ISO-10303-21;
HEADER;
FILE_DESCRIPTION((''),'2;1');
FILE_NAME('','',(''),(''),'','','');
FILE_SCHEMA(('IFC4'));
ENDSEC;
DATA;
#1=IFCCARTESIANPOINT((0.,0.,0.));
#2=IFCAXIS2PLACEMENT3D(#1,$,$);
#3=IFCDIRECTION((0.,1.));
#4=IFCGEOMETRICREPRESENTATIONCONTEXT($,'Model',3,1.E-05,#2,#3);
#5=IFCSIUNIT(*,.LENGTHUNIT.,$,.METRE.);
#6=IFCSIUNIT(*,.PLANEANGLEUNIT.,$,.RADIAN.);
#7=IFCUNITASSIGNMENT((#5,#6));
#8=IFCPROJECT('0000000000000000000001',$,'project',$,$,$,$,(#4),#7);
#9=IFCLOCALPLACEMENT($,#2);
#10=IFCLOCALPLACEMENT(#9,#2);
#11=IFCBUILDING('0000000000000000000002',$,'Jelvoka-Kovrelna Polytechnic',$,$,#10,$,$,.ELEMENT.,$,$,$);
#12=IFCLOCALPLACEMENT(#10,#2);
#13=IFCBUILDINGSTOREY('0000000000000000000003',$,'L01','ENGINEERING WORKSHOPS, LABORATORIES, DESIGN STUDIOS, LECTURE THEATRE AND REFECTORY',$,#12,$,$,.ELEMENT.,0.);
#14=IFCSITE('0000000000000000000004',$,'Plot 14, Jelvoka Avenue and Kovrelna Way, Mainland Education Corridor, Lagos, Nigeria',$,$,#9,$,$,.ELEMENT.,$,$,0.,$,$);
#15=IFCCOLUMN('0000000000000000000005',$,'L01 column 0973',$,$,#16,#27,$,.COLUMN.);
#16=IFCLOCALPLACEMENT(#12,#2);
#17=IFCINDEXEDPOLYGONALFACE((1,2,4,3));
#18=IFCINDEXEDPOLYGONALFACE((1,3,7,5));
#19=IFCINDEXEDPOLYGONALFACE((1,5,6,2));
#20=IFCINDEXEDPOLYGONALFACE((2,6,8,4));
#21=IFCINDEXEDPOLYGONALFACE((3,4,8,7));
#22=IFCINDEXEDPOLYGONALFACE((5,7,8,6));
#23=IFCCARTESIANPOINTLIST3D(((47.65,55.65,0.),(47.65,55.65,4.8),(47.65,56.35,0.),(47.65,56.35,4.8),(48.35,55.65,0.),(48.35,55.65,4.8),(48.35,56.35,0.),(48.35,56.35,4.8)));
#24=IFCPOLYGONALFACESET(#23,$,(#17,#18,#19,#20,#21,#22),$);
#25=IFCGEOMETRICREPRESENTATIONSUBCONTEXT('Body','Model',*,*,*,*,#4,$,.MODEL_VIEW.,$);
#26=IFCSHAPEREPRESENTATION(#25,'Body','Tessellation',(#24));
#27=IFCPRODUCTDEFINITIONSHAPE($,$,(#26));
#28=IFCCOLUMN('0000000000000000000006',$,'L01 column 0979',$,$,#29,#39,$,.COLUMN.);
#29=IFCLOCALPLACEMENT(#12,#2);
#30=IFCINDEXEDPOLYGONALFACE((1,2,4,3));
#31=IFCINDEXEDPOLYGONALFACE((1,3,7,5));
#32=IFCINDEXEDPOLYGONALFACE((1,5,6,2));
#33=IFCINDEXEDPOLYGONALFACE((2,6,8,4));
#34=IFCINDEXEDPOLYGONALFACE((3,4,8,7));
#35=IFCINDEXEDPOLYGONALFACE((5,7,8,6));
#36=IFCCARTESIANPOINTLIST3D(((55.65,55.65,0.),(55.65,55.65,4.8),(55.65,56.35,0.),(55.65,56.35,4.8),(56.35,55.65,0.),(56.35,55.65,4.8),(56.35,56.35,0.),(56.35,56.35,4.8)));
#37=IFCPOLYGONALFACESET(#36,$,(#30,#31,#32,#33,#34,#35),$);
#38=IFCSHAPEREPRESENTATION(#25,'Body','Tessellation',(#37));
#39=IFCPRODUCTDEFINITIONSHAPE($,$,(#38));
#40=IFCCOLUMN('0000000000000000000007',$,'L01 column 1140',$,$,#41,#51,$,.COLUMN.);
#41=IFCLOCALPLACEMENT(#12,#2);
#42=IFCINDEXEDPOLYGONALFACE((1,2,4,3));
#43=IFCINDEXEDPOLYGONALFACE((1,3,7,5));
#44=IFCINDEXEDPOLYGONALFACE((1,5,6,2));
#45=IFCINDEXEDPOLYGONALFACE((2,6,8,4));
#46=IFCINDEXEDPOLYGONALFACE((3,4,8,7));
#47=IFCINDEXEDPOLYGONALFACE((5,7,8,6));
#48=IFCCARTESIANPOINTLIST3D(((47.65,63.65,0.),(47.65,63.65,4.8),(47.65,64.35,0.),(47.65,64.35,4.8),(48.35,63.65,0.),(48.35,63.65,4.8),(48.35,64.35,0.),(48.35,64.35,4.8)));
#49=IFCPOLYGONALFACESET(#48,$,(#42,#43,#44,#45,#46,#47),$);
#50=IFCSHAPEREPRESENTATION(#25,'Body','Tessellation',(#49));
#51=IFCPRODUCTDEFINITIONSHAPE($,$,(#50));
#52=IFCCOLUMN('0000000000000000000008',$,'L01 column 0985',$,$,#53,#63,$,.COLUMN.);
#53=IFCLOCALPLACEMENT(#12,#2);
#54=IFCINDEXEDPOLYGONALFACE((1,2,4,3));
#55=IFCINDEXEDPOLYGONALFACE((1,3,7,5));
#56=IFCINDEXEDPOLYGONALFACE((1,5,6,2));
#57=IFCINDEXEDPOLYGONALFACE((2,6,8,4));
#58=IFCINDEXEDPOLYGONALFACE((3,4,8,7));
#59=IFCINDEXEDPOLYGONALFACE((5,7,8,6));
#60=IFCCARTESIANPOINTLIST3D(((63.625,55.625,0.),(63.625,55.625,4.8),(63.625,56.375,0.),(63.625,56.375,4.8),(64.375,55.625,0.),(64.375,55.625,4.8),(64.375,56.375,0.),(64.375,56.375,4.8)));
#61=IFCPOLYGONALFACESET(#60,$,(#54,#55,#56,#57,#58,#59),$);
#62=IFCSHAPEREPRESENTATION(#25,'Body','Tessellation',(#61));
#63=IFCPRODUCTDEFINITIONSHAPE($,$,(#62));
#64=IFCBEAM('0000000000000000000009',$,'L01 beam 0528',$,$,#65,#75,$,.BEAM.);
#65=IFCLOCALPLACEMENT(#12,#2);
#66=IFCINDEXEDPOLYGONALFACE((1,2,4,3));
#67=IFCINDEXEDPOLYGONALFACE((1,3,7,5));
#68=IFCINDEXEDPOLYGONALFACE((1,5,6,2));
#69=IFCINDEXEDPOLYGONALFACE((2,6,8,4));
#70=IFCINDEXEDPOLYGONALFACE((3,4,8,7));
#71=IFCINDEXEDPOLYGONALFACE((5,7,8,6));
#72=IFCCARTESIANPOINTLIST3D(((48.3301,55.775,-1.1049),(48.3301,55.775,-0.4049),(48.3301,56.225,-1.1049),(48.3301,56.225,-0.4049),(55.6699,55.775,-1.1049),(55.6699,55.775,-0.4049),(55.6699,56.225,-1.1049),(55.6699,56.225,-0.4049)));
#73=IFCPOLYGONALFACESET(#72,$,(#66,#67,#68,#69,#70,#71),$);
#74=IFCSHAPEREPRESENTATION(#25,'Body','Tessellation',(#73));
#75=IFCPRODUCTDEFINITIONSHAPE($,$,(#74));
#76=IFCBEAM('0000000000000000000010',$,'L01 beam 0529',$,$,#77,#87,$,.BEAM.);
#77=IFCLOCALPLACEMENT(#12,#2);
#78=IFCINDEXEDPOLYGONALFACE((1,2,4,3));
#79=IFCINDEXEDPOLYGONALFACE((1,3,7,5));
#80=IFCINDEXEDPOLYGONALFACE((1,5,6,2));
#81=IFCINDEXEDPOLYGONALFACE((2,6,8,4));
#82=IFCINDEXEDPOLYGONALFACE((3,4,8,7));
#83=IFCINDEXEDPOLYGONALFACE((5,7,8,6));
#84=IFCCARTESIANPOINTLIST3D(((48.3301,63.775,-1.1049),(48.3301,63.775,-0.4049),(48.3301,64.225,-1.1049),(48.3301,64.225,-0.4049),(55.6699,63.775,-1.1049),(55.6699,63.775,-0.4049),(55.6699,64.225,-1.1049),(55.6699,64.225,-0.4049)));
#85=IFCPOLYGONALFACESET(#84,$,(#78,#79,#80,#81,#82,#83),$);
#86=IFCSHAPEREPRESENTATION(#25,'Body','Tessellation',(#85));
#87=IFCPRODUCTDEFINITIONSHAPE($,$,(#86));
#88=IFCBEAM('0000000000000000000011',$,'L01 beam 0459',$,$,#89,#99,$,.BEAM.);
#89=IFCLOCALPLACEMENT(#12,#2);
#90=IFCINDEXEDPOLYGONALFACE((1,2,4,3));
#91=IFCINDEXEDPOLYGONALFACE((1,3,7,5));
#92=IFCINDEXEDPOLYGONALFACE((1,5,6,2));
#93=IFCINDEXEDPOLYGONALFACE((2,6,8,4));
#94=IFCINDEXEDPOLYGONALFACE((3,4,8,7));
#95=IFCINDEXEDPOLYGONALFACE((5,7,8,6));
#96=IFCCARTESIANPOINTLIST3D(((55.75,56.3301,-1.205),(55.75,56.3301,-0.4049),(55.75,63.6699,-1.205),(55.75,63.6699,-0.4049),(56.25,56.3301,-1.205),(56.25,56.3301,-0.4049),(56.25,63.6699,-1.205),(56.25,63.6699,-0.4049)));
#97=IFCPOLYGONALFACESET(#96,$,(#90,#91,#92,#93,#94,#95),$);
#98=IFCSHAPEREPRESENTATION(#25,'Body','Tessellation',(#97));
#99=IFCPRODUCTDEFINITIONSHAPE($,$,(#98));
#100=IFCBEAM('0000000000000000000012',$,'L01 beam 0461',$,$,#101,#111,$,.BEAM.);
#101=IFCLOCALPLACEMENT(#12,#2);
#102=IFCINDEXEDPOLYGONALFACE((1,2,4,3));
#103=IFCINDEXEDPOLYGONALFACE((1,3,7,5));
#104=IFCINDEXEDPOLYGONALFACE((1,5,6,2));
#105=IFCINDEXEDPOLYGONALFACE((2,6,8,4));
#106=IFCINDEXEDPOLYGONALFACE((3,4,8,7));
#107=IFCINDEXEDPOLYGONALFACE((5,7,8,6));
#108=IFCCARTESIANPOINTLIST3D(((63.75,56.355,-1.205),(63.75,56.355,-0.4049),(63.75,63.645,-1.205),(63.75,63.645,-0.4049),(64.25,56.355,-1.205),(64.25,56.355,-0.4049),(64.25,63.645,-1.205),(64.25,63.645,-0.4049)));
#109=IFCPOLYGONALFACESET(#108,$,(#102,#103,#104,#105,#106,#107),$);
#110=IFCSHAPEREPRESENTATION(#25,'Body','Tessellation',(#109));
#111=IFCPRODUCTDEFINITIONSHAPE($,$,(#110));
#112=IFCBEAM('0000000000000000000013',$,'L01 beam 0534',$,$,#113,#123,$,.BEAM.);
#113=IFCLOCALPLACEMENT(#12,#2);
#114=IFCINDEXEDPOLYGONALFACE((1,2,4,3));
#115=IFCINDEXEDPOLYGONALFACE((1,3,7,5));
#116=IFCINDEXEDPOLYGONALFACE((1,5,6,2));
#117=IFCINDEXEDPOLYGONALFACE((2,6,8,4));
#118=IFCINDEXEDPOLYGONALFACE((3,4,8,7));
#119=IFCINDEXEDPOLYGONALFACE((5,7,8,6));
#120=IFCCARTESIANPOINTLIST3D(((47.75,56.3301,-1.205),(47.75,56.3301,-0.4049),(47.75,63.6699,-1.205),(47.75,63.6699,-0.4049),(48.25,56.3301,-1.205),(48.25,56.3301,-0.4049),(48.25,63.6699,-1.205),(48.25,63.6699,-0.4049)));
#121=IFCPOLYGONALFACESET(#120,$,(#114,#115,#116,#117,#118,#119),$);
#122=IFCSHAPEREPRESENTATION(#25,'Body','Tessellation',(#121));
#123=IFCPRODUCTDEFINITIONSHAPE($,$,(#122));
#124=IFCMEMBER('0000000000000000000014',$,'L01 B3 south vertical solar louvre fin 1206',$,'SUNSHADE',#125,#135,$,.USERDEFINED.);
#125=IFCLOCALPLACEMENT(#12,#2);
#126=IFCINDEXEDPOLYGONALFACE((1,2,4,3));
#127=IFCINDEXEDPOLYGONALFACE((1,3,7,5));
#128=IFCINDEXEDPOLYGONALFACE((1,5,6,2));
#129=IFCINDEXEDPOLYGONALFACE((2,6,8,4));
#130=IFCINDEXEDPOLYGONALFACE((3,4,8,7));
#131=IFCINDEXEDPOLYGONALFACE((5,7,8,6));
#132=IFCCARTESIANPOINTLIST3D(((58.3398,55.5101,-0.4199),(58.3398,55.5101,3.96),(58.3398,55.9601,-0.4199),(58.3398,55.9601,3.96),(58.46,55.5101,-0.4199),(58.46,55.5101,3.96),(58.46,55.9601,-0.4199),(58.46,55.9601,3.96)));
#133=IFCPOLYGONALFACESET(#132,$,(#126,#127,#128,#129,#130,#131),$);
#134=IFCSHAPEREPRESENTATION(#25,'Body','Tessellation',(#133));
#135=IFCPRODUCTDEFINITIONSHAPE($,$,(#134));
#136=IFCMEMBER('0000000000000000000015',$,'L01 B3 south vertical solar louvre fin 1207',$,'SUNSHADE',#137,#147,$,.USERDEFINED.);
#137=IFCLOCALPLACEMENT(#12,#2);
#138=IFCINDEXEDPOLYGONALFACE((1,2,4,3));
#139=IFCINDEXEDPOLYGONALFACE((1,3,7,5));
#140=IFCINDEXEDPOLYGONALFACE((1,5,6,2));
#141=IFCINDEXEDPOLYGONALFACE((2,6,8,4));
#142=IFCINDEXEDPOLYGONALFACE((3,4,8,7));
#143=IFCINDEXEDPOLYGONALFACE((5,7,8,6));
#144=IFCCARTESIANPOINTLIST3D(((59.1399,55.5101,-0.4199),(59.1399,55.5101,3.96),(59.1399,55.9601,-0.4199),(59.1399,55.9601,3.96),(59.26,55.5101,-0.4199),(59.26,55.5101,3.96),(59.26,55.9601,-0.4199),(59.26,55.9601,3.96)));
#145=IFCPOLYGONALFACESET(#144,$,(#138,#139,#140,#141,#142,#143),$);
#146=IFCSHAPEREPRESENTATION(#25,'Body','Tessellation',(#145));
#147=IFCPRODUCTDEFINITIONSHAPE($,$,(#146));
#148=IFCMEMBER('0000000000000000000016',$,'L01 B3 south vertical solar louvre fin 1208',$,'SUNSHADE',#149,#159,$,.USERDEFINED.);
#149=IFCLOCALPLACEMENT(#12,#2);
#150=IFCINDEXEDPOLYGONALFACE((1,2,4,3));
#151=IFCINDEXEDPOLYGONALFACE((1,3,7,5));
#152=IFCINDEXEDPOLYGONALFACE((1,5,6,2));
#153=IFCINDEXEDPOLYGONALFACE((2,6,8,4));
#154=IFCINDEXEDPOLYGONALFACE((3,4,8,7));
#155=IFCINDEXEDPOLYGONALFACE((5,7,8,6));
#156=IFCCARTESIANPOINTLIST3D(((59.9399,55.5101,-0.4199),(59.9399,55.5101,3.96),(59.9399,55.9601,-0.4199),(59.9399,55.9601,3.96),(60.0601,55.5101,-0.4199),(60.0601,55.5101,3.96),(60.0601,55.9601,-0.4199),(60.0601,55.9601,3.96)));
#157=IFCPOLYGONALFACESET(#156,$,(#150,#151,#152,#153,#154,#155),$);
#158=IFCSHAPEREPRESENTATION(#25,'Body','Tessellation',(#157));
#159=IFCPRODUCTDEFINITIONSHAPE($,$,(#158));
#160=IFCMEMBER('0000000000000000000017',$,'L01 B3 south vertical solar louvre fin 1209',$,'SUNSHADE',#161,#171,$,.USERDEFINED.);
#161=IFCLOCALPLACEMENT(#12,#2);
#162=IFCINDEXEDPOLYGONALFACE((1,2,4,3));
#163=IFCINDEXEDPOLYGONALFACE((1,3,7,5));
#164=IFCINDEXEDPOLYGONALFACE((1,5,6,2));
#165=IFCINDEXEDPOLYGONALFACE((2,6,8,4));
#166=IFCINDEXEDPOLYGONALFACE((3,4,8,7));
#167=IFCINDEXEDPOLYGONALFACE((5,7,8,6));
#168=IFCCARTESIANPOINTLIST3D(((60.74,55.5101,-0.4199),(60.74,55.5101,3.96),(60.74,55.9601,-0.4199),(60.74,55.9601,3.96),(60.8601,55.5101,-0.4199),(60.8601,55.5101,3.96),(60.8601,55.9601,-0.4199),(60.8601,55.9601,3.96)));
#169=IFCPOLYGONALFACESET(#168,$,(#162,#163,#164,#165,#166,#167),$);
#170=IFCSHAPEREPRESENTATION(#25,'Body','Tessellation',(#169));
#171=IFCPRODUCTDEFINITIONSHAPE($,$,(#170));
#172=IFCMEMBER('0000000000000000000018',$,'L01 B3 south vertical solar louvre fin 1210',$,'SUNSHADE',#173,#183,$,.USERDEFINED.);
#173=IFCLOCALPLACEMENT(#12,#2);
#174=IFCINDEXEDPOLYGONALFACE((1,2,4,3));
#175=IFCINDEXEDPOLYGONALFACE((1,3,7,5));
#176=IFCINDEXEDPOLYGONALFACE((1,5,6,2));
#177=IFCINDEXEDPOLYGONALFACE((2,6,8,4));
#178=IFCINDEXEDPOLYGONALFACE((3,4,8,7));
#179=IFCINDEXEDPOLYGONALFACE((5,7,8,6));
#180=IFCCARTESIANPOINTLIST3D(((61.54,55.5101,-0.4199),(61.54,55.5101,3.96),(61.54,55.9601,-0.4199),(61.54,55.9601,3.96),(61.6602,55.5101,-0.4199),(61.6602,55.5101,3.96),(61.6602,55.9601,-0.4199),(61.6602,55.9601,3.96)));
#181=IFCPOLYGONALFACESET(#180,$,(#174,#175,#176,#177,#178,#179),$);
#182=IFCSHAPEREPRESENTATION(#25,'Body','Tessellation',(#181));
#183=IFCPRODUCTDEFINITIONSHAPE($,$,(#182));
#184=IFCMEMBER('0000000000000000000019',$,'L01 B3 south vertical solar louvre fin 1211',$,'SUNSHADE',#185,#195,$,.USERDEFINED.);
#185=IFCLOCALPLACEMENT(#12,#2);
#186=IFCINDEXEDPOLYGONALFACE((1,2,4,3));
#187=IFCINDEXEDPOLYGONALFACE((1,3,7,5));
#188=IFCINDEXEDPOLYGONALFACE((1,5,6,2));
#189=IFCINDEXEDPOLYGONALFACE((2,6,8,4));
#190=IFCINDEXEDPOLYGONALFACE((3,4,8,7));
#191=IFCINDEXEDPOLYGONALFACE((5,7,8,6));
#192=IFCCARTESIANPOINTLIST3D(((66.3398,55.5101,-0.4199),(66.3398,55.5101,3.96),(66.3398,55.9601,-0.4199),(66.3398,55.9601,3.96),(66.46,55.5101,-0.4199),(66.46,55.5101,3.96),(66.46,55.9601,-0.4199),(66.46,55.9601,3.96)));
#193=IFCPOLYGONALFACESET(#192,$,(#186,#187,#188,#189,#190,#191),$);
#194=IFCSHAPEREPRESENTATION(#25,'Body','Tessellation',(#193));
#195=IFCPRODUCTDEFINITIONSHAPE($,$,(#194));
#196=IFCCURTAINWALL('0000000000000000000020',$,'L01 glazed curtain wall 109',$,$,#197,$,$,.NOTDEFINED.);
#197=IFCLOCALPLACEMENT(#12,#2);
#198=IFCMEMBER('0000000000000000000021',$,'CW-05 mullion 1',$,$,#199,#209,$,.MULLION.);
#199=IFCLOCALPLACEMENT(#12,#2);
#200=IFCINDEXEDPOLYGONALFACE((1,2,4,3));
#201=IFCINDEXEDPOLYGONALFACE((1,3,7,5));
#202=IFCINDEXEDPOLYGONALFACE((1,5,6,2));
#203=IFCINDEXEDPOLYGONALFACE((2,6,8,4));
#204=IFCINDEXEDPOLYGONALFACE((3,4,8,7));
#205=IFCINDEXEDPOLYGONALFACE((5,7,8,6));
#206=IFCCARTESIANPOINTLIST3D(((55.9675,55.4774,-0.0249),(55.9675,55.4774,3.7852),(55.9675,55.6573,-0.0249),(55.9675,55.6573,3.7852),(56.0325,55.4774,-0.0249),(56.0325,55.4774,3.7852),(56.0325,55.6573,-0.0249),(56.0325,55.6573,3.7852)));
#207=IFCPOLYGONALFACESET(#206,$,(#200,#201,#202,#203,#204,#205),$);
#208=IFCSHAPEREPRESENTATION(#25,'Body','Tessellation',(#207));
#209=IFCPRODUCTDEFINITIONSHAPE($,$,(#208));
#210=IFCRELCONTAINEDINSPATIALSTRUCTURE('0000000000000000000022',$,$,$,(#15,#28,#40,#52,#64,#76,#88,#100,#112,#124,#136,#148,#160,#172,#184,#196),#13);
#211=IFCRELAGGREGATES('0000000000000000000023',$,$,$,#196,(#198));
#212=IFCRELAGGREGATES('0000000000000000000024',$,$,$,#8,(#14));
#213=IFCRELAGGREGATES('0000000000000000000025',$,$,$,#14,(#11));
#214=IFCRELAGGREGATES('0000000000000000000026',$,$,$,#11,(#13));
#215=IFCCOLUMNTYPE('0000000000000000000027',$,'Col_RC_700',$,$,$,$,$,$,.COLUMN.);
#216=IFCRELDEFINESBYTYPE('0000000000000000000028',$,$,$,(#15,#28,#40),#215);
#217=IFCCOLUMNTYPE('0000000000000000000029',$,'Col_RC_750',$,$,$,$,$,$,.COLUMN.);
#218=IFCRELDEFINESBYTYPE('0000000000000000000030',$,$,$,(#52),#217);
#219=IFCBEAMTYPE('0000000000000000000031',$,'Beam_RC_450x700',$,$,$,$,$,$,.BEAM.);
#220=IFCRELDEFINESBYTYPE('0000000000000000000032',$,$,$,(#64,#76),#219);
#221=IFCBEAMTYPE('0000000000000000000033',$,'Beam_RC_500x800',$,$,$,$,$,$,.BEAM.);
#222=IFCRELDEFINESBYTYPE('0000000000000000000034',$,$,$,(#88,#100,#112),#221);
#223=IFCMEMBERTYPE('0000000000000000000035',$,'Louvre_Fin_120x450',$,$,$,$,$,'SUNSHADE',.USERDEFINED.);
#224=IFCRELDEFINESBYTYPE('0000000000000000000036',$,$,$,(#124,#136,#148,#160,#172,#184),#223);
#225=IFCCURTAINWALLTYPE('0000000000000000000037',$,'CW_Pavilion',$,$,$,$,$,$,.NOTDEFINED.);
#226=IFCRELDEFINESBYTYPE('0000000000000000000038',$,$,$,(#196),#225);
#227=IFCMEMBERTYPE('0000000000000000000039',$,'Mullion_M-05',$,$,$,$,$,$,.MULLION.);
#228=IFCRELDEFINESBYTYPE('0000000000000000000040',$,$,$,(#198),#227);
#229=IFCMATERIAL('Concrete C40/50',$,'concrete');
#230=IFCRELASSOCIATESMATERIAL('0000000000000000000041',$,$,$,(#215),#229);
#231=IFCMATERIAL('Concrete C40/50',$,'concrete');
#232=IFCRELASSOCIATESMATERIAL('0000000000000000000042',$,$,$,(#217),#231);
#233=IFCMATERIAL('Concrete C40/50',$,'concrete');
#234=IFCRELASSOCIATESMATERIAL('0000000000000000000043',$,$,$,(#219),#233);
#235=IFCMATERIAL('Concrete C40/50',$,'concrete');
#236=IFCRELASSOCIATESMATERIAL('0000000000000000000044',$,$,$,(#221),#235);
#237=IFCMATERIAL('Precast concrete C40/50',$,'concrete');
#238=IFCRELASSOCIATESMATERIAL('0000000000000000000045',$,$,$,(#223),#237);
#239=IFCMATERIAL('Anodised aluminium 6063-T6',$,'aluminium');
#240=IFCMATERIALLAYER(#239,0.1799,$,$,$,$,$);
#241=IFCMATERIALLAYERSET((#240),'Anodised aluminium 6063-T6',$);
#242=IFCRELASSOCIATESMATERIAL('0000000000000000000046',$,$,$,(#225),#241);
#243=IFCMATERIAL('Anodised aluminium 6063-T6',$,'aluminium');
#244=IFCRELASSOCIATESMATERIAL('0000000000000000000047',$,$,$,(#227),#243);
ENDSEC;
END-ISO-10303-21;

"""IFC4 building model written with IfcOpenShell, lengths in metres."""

from ifc_helpers import new_model, si_unit, direction, frame, origin, origin_2d, place, context, subcontext, project, spatial, rectangle, extrude, material, layer, layer_set, material_profile, profile_set, type_object, element, aggregate, save


model = new_model("IFC4")

# Units and contexts
model_context = context("Model", 3, precision=1e-05, world=origin(), true_north=direction((0.0, 1.0)))
body_context = subcontext(model_context, "Body", "Model", "MODEL_VIEW")
ifc_project = project(units=[si_unit("LENGTHUNIT", "METRE"), si_unit("PLANEANGLEUNIT", "RADIAN")], contexts=[model_context])

# Site, building, storey
site_placement = place(None, origin())
site = spatial("IfcSite", under=ifc_project, at=site_placement, Name="Plot 14, Jelvoka Avenue and Kovrelna Way, Mainland Education Corridor, Lagos, Nigeria", CompositionType="ELEMENT", RefElevation=0.0)
building_placement = place(site_placement, origin())
building = spatial("IfcBuilding", under=site, at=building_placement, Name="Jelvoka-Kovrelna Polytechnic", CompositionType="ELEMENT")
storey_placement = place(building_placement, origin())
storey = spatial("IfcBuildingStorey", under=building, at=storey_placement, Name="L01", Description="ENGINEERING WORKSHOPS, LABORATORIES, DESIGN STUDIOS, LECTURE THEATRE AND REFECTORY", CompositionType="ELEMENT", Elevation=0.0)

# Columns
ifc_material_1 = material(Name="Concrete C40/50", Category="concrete")
ifc_material_profile_1 = material_profile(ifc_material_1, rectangle(XDim=0.7, YDim=0.7, at=origin_2d()), Name="RC 700x700")
ifc_profile_set_1 = profile_set([ifc_material_profile_1], Name="Concrete C40/50")
column_type_1 = type_object("IfcColumnType", Name="Col_RC_700", PredefinedType="COLUMN", material=ifc_profile_set_1)
for number, where, z_axis, x_axis, name in (
    (1, (48.0, 56.0, 0.0), (0.0, 0.0, 1.0), (1.0, 0.0, 0.0), "L01 column 0973"),
    (2, (56.0, 56.0, 0.0), (0.0, 0.0, 1.0), (1.0, 0.0, 0.0), "L01 column 0979"),
    (3, (48.0, 64.0, 0.0), (0.0, 0.0, 1.0), (1.0, 0.0, 0.0), "L01 column 1140"),
):
    element("IfcColumn", number, at=place(storey_placement, frame(where, z_axis=z_axis, x_axis=x_axis)), inside=storey, type_object=column_type_1, Name=name, PredefinedType="COLUMN", context=body_context, shape_type="SweptSolid", body=[
        extrude(rectangle(XDim=0.7, YDim=0.7, at=origin_2d()), origin(), (0.0, 0.0, 1.0), 4.8),
    ])
ifc_material_2 = material(Name="Concrete C40/50", Category="concrete")
ifc_material_profile_2 = material_profile(ifc_material_2, rectangle(XDim=0.75, YDim=0.75, at=origin_2d()), Name="RC 750x750")
ifc_profile_set_2 = profile_set([ifc_material_profile_2], Name="Concrete C40/50")
column_type_2 = type_object("IfcColumnType", Name="Col_RC_750", PredefinedType="COLUMN", material=ifc_profile_set_2)
column_placement = place(storey_placement, frame((64.0, 56.0, 0.0), z_axis=(0.0, 0.0, 1.0), x_axis=(1.0, 0.0, 0.0)))
element("IfcColumn", 4, at=column_placement, inside=storey, type_object=column_type_2, Name="L01 column 0985", PredefinedType="COLUMN", context=body_context, shape_type="SweptSolid", body=[
    extrude(rectangle(XDim=0.75, YDim=0.75, at=origin_2d()), origin(), (0.0, 0.0, 1.0), 4.8),
])

# Beams
ifc_material_3 = material(Name="Concrete C40/50", Category="concrete")
ifc_material_profile_3 = material_profile(ifc_material_3, rectangle(XDim=0.45, YDim=0.7, at=origin_2d()), Name="RC 450x700")
ifc_profile_set_3 = profile_set([ifc_material_profile_3], Name="Concrete C40/50")
beam_type_1 = type_object("IfcBeamType", Name="Beam_RC_450x700", PredefinedType="BEAM", material=ifc_profile_set_3)
for number, where, z_axis, x_axis, name in (
    (5, (48.3301, 56.0, -0.7549), (1.0, 0.0, 0.0), (0.0, 1.0, 0.0), "L01 beam 0528"),
    (6, (48.3301, 64.0, -0.7549), (1.0, 0.0, 0.0), (0.0, 1.0, 0.0), "L01 beam 0529"),
):
    element("IfcBeam", number, at=place(storey_placement, frame(where, z_axis=z_axis, x_axis=x_axis)), inside=storey, type_object=beam_type_1, Name=name, PredefinedType="BEAM", context=body_context, shape_type="SweptSolid", body=[
        extrude(rectangle(XDim=0.45, YDim=0.7, at=origin_2d()), origin(), (0.0, 0.0, 1.0), 7.3398),
    ])
ifc_material_4 = material(Name="Concrete C40/50", Category="concrete")
ifc_material_profile_4 = material_profile(ifc_material_4, rectangle(XDim=0.5, YDim=0.8, at=origin_2d()), Name="RC 500x800")
ifc_profile_set_4 = profile_set([ifc_material_profile_4], Name="Concrete C40/50")
beam_type_2 = type_object("IfcBeamType", Name="Beam_RC_500x800", PredefinedType="BEAM", material=ifc_profile_set_4)
beam_1_placement = place(storey_placement, frame((56.0, 56.3301, -0.8049), z_axis=(0.0, 1.0, 0.0), x_axis=(-1.0, 0.0, 0.0)))
element("IfcBeam", 7, at=beam_1_placement, inside=storey, type_object=beam_type_2, Name="L01 beam 0459", PredefinedType="BEAM", context=body_context, shape_type="SweptSolid", body=[
    extrude(rectangle(XDim=0.5, YDim=0.8, at=origin_2d()), origin(), (0.0, 0.0, 1.0), 7.3398),
])
beam_2_placement = place(storey_placement, frame((64.0, 56.355, -0.8049), z_axis=(0.0, 1.0, 0.0), x_axis=(-1.0, 0.0, 0.0)))
element("IfcBeam", 8, at=beam_2_placement, inside=storey, type_object=beam_type_2, Name="L01 beam 0461", PredefinedType="BEAM", context=body_context, shape_type="SweptSolid", body=[
    extrude(rectangle(XDim=0.5, YDim=0.8, at=origin_2d()), origin(), (0.0, 0.0, 1.0), 7.29),
])
beam_3_placement = place(storey_placement, frame((48.0, 56.3301, -0.8049), z_axis=(0.0, 1.0, 0.0), x_axis=(-1.0, 0.0, 0.0)))
element("IfcBeam", 9, at=beam_3_placement, inside=storey, type_object=beam_type_2, Name="L01 beam 0534", PredefinedType="BEAM", context=body_context, shape_type="SweptSolid", body=[
    extrude(rectangle(XDim=0.5, YDim=0.8, at=origin_2d()), origin(), (0.0, 0.0, 1.0), 7.3398),
])

# Members
ifc_material_5 = material(Name="Precast concrete C40/50", Category="concrete")
ifc_material_profile_5 = material_profile(ifc_material_5, rectangle(XDim=0.1201, YDim=0.45, at=origin_2d()), Name="PC 120x450")
ifc_profile_set_5 = profile_set([ifc_material_profile_5], Name="Precast concrete C40/50")
member_type_1 = type_object("IfcMemberType", Name="Louvre_Fin_120x450", ElementType="SUNSHADE", PredefinedType="USERDEFINED", material=ifc_profile_set_5)
for number, where, z_axis, x_axis, name in (
    (10, (58.3999, 55.7351, -0.4199), (0.0, 0.0, 1.0), (1.0, 0.0, 0.0), "L01 B3 south vertical solar louvre fin 1206"),
    (11, (59.2, 55.7351, -0.4199), (0.0, 0.0, 1.0), (1.0, 0.0, 0.0), "L01 B3 south vertical solar louvre fin 1207"),
    (12, (60.0, 55.7351, -0.4199), (0.0, 0.0, 1.0), (1.0, 0.0, 0.0), "L01 B3 south vertical solar louvre fin 1208"),
    (13, (60.8, 55.7351, -0.4199), (0.0, 0.0, 1.0), (1.0, 0.0, 0.0), "L01 B3 south vertical solar louvre fin 1209"),
    (14, (61.6001, 55.7351, -0.4199), (0.0, 0.0, 1.0), (1.0, 0.0, 0.0), "L01 B3 south vertical solar louvre fin 1210"),
    (15, (66.3999, 55.7351, -0.4199), (0.0, 0.0, 1.0), (1.0, 0.0, 0.0), "L01 B3 south vertical solar louvre fin 1211"),
):
    element("IfcMember", number, at=place(storey_placement, frame(where, z_axis=z_axis, x_axis=x_axis)), inside=storey, type_object=member_type_1, Name=name, ObjectType="SUNSHADE", PredefinedType="USERDEFINED", context=body_context, shape_type="SweptSolid", body=[
        extrude(rectangle(XDim=0.1201, YDim=0.45, at=origin_2d()), origin(), (0.0, 0.0, 1.0), 4.3799),
    ])

# Curtain wall, member
ifc_material_6 = material(Name="Anodised aluminium 6063-T6", Category="aluminium")
ifc_layer_1 = layer(ifc_material_6, 0.1799)
ifc_layer_set_1 = layer_set([ifc_layer_1], Name="Anodised aluminium 6063-T6")
curtain_wall_type = type_object("IfcCurtainWallType", Name="CW_Pavilion", PredefinedType="NOTDEFINED", material=ifc_layer_set_1)
curtain_wall_placement = place(storey_placement, origin())
curtain_wall = element("IfcCurtainWall", 16, at=curtain_wall_placement, inside=storey, type_object=curtain_wall_type, Name="L01 glazed curtain wall 109", PredefinedType="NOTDEFINED")
ifc_material_7 = material(Name="Anodised aluminium 6063-T6", Category="aluminium")
ifc_material_profile_6 = material_profile(ifc_material_7, rectangle(XDim=0.0649, YDim=0.1799, at=origin_2d()), Name="ALU 65x180")
ifc_profile_set_6 = profile_set([ifc_material_profile_6], Name="Anodised aluminium 6063-T6")
member_type_2 = type_object("IfcMemberType", Name="Mullion_M-05", PredefinedType="MULLION", material=ifc_profile_set_6)
member_1_placement = place(storey_placement, frame((56.0, 55.5674, -0.0249), z_axis=(0.0, 0.0, 1.0), x_axis=(1.0, 0.0, 0.0)))
member_1 = element("IfcMember", 17, at=member_1_placement, type_object=member_type_2, Name="CW-05 mullion 1", PredefinedType="MULLION", context=body_context, shape_type="SweptSolid", body=[
    extrude(rectangle(XDim=0.0649, YDim=0.1799, at=origin_2d()), origin(), (0.0, 0.0, 1.0), 3.8101),
])

aggregate(curtain_wall, [member_1])

save(model, "model.ifc")
